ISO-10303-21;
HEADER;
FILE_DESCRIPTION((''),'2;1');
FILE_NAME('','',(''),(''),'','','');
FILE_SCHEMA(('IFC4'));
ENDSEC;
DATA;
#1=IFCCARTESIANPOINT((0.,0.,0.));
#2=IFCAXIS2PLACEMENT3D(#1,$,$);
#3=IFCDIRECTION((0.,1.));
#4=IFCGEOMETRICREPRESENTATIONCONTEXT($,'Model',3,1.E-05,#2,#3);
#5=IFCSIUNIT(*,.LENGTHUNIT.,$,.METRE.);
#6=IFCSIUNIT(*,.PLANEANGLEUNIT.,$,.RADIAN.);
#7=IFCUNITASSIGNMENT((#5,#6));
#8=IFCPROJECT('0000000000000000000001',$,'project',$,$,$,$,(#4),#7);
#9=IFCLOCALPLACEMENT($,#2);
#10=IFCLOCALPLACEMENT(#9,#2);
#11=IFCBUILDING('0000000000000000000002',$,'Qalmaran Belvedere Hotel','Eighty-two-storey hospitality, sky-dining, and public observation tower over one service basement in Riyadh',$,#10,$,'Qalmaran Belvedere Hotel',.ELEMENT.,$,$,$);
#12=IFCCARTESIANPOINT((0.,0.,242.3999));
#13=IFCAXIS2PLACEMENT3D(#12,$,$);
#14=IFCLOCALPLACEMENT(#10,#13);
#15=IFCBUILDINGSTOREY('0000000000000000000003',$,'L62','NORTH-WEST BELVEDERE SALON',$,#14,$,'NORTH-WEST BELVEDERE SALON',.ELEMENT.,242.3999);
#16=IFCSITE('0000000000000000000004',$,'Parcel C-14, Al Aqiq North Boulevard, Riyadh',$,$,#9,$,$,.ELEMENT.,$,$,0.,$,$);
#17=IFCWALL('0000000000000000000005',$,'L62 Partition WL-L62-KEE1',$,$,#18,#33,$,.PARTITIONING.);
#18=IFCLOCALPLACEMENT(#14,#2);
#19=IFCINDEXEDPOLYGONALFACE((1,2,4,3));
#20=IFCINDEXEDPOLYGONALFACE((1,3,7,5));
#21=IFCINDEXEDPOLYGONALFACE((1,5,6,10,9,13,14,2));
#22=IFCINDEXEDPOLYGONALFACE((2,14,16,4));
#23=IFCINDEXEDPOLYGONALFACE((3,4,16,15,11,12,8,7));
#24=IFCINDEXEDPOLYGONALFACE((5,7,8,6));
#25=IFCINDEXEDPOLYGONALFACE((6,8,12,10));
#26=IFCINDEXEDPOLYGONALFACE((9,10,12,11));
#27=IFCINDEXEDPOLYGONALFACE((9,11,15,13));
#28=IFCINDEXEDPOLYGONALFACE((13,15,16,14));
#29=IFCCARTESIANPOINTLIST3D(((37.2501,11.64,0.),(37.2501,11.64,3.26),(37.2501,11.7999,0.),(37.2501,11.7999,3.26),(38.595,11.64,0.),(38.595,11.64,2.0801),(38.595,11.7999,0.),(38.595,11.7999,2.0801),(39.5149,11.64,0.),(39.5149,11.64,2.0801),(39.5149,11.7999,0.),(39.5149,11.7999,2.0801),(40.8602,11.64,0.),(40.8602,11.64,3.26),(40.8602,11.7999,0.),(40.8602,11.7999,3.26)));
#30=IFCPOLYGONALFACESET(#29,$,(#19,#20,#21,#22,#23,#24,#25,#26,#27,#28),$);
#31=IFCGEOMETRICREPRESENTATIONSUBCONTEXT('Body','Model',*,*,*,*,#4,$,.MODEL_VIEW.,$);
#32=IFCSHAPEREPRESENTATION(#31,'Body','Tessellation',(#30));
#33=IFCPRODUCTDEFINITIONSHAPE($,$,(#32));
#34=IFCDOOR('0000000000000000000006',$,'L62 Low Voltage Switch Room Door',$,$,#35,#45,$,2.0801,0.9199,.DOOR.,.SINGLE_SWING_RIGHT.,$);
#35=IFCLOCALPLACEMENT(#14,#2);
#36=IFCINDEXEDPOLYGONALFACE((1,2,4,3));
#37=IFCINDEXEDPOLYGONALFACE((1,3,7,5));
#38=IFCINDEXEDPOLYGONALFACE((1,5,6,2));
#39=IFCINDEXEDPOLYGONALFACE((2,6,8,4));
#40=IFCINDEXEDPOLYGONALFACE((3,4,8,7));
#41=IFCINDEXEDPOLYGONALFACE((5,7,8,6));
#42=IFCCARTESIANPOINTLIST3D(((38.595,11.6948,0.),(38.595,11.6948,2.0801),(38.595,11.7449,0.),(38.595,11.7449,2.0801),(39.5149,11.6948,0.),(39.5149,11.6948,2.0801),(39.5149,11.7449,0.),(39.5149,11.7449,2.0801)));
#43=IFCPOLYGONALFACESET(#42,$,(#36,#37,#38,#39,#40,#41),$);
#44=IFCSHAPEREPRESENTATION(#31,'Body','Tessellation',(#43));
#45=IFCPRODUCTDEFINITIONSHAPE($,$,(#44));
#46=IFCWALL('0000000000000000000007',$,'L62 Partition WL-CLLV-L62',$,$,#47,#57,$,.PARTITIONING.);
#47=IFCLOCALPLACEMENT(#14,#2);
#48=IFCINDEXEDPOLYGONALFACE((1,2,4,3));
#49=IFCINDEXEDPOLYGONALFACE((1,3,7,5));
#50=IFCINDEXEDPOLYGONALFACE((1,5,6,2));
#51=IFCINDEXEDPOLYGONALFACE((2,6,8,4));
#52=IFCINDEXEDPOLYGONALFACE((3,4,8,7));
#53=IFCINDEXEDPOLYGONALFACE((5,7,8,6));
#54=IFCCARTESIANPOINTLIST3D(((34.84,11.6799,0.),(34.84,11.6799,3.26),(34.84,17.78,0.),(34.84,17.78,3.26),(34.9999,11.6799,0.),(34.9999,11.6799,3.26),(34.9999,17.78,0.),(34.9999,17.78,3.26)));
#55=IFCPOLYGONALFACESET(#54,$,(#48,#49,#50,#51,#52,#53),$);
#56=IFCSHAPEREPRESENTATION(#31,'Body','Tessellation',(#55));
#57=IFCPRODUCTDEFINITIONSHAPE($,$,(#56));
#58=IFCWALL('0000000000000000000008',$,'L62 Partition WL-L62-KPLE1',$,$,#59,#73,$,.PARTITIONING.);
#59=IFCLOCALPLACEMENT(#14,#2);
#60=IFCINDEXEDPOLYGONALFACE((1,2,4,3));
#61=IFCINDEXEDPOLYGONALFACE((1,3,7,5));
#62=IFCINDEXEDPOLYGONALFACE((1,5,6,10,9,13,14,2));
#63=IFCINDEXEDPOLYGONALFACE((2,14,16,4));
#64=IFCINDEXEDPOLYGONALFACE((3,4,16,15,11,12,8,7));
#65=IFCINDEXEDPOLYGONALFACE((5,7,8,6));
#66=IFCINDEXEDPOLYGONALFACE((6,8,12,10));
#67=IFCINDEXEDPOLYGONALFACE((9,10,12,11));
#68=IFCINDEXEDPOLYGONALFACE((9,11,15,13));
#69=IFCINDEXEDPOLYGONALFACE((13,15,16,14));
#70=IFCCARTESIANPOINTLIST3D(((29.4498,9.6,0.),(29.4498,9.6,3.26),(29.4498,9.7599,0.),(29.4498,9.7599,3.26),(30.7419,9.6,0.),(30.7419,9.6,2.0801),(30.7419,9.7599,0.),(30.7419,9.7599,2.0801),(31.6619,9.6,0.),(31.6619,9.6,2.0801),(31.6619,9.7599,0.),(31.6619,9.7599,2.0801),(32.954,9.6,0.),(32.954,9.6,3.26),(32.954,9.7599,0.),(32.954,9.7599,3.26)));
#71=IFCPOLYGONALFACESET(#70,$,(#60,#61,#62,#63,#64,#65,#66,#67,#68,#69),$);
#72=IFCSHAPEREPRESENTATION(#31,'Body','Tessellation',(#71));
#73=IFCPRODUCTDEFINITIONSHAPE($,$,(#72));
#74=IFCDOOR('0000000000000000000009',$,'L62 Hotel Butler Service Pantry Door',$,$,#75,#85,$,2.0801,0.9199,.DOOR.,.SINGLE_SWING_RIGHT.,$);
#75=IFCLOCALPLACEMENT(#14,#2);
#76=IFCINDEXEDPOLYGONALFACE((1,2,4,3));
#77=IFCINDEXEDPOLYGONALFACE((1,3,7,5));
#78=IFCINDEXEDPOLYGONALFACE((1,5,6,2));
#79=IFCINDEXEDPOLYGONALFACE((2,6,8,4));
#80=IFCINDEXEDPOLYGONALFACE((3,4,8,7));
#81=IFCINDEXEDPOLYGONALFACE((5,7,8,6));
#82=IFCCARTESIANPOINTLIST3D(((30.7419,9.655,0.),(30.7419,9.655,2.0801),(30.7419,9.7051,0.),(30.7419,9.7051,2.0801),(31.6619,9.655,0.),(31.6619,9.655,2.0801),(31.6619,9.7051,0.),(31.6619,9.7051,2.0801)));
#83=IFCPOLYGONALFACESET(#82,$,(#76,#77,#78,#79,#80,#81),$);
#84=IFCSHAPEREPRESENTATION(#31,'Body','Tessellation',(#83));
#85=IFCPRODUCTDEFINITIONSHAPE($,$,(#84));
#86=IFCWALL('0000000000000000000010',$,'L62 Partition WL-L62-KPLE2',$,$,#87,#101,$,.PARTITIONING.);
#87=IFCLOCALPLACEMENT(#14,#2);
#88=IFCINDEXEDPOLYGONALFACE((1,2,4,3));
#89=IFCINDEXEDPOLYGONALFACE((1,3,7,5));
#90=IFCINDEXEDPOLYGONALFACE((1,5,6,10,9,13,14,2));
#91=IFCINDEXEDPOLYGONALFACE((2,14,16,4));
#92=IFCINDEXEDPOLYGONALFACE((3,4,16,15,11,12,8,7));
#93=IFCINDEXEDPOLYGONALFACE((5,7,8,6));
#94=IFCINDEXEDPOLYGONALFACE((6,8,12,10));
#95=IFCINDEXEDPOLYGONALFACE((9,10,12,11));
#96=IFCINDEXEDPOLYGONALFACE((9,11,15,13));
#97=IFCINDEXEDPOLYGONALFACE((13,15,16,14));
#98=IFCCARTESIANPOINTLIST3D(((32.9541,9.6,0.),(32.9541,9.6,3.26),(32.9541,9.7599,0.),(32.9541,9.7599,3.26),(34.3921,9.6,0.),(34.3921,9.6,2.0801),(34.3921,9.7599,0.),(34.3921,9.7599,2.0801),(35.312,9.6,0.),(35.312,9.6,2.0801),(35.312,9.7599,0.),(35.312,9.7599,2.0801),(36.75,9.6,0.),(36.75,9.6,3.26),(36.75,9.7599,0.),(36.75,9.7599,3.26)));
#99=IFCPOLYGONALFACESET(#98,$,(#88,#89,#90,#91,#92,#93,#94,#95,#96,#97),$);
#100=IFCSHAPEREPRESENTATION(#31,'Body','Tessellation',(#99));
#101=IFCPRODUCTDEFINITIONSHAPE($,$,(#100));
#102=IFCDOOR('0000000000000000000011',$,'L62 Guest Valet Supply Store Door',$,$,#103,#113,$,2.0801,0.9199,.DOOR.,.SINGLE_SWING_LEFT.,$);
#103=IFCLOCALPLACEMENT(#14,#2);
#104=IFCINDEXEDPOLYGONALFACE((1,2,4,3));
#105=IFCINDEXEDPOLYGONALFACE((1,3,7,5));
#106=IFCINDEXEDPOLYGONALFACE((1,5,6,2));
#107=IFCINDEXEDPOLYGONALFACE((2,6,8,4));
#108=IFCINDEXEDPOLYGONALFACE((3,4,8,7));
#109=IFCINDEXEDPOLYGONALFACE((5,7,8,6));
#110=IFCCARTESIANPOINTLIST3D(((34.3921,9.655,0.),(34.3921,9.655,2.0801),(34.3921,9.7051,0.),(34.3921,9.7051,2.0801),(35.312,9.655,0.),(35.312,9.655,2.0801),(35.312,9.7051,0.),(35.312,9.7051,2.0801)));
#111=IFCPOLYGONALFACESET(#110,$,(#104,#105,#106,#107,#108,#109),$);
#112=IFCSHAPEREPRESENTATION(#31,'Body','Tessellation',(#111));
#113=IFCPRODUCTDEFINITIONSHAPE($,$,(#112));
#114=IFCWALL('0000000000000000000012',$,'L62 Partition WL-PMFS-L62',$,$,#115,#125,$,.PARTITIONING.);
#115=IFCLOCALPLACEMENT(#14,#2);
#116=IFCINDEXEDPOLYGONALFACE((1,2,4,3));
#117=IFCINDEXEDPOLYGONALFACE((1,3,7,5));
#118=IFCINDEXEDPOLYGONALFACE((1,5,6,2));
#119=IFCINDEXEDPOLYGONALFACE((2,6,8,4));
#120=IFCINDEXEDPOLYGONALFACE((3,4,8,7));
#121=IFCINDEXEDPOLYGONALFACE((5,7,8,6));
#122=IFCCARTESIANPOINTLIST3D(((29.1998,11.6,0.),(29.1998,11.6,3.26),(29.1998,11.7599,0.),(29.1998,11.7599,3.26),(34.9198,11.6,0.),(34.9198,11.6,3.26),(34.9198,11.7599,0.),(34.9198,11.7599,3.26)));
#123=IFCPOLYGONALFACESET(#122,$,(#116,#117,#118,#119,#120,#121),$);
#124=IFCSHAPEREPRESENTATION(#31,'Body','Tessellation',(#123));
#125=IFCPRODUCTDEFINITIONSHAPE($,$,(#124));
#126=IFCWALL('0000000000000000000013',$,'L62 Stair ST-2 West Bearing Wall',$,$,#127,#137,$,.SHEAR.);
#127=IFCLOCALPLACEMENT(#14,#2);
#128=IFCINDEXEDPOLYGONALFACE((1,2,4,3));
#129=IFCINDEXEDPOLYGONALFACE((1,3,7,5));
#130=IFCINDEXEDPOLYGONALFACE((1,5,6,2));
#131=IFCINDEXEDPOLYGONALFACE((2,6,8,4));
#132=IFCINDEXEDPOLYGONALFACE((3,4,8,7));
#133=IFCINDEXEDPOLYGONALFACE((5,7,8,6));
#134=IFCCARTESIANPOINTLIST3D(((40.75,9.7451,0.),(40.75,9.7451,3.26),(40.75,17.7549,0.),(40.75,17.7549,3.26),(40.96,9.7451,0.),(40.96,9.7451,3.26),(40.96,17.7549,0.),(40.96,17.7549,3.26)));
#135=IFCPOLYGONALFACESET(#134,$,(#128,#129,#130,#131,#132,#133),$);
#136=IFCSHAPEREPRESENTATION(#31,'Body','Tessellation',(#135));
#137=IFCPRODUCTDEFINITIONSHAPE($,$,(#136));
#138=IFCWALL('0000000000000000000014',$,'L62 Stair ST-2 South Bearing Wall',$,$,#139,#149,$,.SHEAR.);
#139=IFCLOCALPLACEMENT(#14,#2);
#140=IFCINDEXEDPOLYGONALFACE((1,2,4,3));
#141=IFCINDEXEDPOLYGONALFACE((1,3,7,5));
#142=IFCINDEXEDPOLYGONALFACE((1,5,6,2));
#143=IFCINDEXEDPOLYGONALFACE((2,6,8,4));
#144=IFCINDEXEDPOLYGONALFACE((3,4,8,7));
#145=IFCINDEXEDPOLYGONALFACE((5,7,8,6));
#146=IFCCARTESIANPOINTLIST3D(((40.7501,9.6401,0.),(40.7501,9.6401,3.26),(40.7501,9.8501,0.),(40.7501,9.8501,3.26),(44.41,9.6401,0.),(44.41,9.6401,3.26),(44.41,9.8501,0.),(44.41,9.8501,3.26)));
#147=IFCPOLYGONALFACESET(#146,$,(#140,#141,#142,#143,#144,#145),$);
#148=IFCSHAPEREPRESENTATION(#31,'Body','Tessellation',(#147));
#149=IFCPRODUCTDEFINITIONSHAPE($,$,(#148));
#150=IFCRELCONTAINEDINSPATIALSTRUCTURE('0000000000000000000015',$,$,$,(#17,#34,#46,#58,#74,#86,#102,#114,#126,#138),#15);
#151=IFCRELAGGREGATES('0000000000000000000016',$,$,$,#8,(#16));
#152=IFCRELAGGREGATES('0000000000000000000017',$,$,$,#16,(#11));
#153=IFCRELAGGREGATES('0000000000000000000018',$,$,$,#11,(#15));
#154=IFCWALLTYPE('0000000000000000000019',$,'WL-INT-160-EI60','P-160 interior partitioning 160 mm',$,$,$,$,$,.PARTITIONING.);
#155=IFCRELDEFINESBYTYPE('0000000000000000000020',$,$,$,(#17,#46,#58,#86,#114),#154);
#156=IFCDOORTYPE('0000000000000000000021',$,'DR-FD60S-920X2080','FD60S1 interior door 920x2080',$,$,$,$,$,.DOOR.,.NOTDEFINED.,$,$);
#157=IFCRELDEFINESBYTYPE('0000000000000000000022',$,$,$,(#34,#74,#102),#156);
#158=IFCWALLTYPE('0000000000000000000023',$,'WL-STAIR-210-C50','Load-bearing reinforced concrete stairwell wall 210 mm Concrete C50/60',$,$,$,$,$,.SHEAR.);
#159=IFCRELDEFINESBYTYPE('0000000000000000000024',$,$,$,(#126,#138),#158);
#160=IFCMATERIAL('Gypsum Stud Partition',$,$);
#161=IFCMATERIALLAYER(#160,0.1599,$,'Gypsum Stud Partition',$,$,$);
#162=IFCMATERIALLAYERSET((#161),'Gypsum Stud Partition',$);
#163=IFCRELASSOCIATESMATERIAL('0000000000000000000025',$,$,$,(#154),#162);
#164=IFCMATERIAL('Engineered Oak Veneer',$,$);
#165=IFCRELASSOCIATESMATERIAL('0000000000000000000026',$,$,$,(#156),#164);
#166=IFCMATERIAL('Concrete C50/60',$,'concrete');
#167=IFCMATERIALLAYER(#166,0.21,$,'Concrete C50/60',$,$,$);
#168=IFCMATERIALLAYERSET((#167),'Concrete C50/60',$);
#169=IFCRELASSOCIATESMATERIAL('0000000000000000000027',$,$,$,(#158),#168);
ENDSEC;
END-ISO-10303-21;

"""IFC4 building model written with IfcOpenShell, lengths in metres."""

from ifc_helpers import new_model, si_unit, direction, frame, frame_2d, origin, place, context, subcontext, project, spatial, rectangle, extrude, material, layer, layer_set, type_object, element, fill, save


model = new_model("IFC4")

# Units and contexts
model_context = context("Model", 3, precision=1e-05, world=origin(), true_north=direction((0.0, 1.0)))
body_context = subcontext(model_context, "Body", "Model", "MODEL_VIEW")
ifc_project = project(units=[si_unit("LENGTHUNIT", "METRE"), si_unit("PLANEANGLEUNIT", "RADIAN")], contexts=[model_context])

# Site, building, storey
site_placement = place(None, origin())
site = spatial("IfcSite", under=ifc_project, at=site_placement, Name="Parcel C-14, Al Aqiq North Boulevard, Riyadh", CompositionType="ELEMENT", RefElevation=0.0)
building_placement = place(site_placement, origin())
building = spatial("IfcBuilding", under=site, at=building_placement, Name="Qalmaran Belvedere Hotel", Description="Eighty-two-storey hospitality, sky-dining, and public observation tower over one service basement in Riyadh", LongName="Qalmaran Belvedere Hotel", CompositionType="ELEMENT")
storey_placement = place(building_placement, frame((0.0, 0.0, 242.3999)))
storey = spatial("IfcBuildingStorey", under=building, at=storey_placement, Name="L62", Description="NORTH-WEST BELVEDERE SALON", LongName="NORTH-WEST BELVEDERE SALON", CompositionType="ELEMENT", Elevation=242.3999)

# Shared definitions
ifc_material_1 = material(Name="Concrete C50/60", Category="concrete")

# Shared definitions
ifc_material_2 = material(Name="Gypsum Stud Partition")

# Wall, opening, door
ifc_layer_1 = layer(ifc_material_2, 0.1599, Name="Gypsum Stud Partition")
ifc_layer_set_1 = layer_set([ifc_layer_1], Name="Gypsum Stud Partition")
wall_type_1 = type_object("IfcWallType", Name="WL-INT-160-EI60", Description="P-160 interior partitioning 160 mm", PredefinedType="PARTITIONING", material=ifc_layer_set_1)
ifc_material_3 = material(Name="Engineered Oak Veneer")
door_type_1 = type_object("IfcDoorType", Name="DR-FD60S-920X2080", Description="FD60S1 interior door 920x2080", OperationType="NOTDEFINED", PredefinedType="DOOR", material=ifc_material_3)
wall_1_placement = place(storey_placement, frame((37.25, 11.72, 0.0), z_axis=(0.0, 0.0, 1.0), x_axis=(1.0, 0.0, 0.0)))
wall_1 = element("IfcWall", 1, at=wall_1_placement, inside=storey, type_object=wall_type_1, Name="L62 Partition WL-L62-KEE1", PredefinedType="PARTITIONING", context=body_context, shape_type="SweptSolid", body=[
    extrude(rectangle(XDim=3.6101, YDim=0.1599, at=frame_2d((1.8052, 0.0))), origin(), (0.0, 0.0, 1.0), 3.26),
])
opening_1_placement = place(wall_1_placement, frame((1.345, 0.0, 0.0)))
opening_1 = element("IfcOpeningElement", 2, at=opening_1_placement, cuts=wall_1, PredefinedType="OPENING", context=body_context, shape_type="SweptSolid", body=[
    extrude(rectangle(XDim=0.9199, YDim=2.0801, at=frame_2d((0.46, 1.04))), frame((0.0, 0.0898, 0.0), z_axis=(0.0, -1.0, 0.0), x_axis=(1.0, 0.0, 0.0)), (0.0, 0.0, 1.0), 0.1799),
])
door_1_placement = place(opening_1_placement, origin())
door_1 = element("IfcDoor", 3, at=door_1_placement, inside=storey, type_object=door_type_1, Name="L62 Low Voltage Switch Room Door", OperationType="SINGLE_SWING_RIGHT", OverallHeight=2.0801, OverallWidth=0.9199, PredefinedType="DOOR", context=body_context, shape_type="SweptSolid", body=[
    extrude(rectangle(XDim=0.9199, YDim=2.0801, at=frame_2d((0.46, 1.04))), frame((0.0, 0.0249, 0.0), z_axis=(0.0, -1.0, 0.0), x_axis=(1.0, 0.0, 0.0)), (0.0, 0.0, 1.0), 0.05),
])
fill(opening_1, door_1)

# Wall
wall_2_placement = place(storey_placement, frame((34.9199, 11.6799, 0.0), z_axis=(0.0, 0.0, 1.0), x_axis=(0.0, 1.0, 0.0)))
element("IfcWall", 4, at=wall_2_placement, inside=storey, type_object=wall_type_1, Name="L62 Partition WL-CLLV-L62", PredefinedType="PARTITIONING", context=body_context, shape_type="SweptSolid", body=[
    extrude(rectangle(XDim=6.1001, YDim=0.1599, at=frame_2d((3.05, 0.0))), origin(), (0.0, 0.0, 1.0), 3.26),
])

# Walls, openings, doors
wall_3_placement = place(storey_placement, frame((29.45, 9.6799, 0.0), z_axis=(0.0, 0.0, 1.0), x_axis=(1.0, 0.0, 0.0)))
wall_3 = element("IfcWall", 5, at=wall_3_placement, inside=storey, type_object=wall_type_1, Name="L62 Partition WL-L62-KPLE1", PredefinedType="PARTITIONING", context=body_context, shape_type="SweptSolid", body=[
    extrude(rectangle(XDim=3.5042, YDim=0.1599, at=frame_2d((1.752, 0.0))), origin(), (0.0, 0.0, 1.0), 3.26),
])
opening_2_placement = place(wall_3_placement, frame((2.2119, 0.0, 0.0), z_axis=(0.0, 0.0, 1.0), x_axis=(-1.0, 0.0, 0.0)))
opening_2 = element("IfcOpeningElement", 6, at=opening_2_placement, cuts=wall_3, PredefinedType="OPENING", context=body_context, shape_type="SweptSolid", body=[
    extrude(rectangle(XDim=0.9199, YDim=2.0801, at=frame_2d((0.46, 1.04))), frame((0.0, 0.0898, 0.0), z_axis=(0.0, -1.0, 0.0), x_axis=(1.0, 0.0, 0.0)), (0.0, 0.0, 1.0), 0.1799),
])
door_2_placement = place(opening_2_placement, origin())
door_2 = element("IfcDoor", 7, at=door_2_placement, inside=storey, type_object=door_type_1, Name="L62 Hotel Butler Service Pantry Door", OperationType="SINGLE_SWING_RIGHT", OverallHeight=2.0801, OverallWidth=0.9199, PredefinedType="DOOR", context=body_context, shape_type="SweptSolid", body=[
    extrude(rectangle(XDim=0.9199, YDim=2.0801, at=frame_2d((0.46, 1.04))), frame((0.0, 0.0249, 0.0), z_axis=(0.0, -1.0, 0.0), x_axis=(1.0, 0.0, 0.0)), (0.0, 0.0, 1.0), 0.05),
])
fill(opening_2, door_2)
wall_4_placement = place(storey_placement, frame((32.9541, 9.6799, 0.0), z_axis=(0.0, 0.0, 1.0), x_axis=(1.0, 0.0, 0.0)))
wall_4 = element("IfcWall", 8, at=wall_4_placement, inside=storey, type_object=wall_type_1, Name="L62 Partition WL-L62-KPLE2", PredefinedType="PARTITIONING", context=body_context, shape_type="SweptSolid", body=[
    extrude(rectangle(XDim=3.7959, YDim=0.1599, at=frame_2d((1.8979, 0.0))), origin(), (0.0, 0.0, 1.0), 3.26),
])
opening_3_placement = place(wall_4_placement, frame((2.3579, 0.0, 0.0), z_axis=(0.0, 0.0, 1.0), x_axis=(-1.0, 0.0, 0.0)))
opening_3 = element("IfcOpeningElement", 9, at=opening_3_placement, cuts=wall_4, PredefinedType="OPENING", context=body_context, shape_type="SweptSolid", body=[
    extrude(rectangle(XDim=0.9199, YDim=2.0801, at=frame_2d((0.46, 1.04))), frame((0.0, 0.0898, 0.0), z_axis=(0.0, -1.0, 0.0), x_axis=(1.0, 0.0, 0.0)), (0.0, 0.0, 1.0), 0.1799),
])
door_3_placement = place(opening_3_placement, origin())
door_3 = element("IfcDoor", 10, at=door_3_placement, inside=storey, type_object=door_type_1, Name="L62 Guest Valet Supply Store Door", OperationType="SINGLE_SWING_LEFT", OverallHeight=2.0801, OverallWidth=0.9199, PredefinedType="DOOR", context=body_context, shape_type="SweptSolid", body=[
    extrude(rectangle(XDim=0.9199, YDim=2.0801, at=frame_2d((0.46, 1.04))), frame((0.0, 0.0249, 0.0), z_axis=(0.0, -1.0, 0.0), x_axis=(1.0, 0.0, 0.0)), (0.0, 0.0, 1.0), 0.05),
])
fill(opening_3, door_3)

# Walls
wall_5_placement = place(storey_placement, frame((29.2, 11.6799, 0.0), z_axis=(0.0, 0.0, 1.0), x_axis=(1.0, 0.0, 0.0)))
element("IfcWall", 11, at=wall_5_placement, inside=storey, type_object=wall_type_1, Name="L62 Partition WL-PMFS-L62", PredefinedType="PARTITIONING", context=body_context, shape_type="SweptSolid", body=[
    extrude(rectangle(XDim=5.72, YDim=0.1599, at=frame_2d((2.8599, 0.0))), origin(), (0.0, 0.0, 1.0), 3.26),
])
ifc_layer_2 = layer(ifc_material_1, 0.21, Name="Concrete C50/60")
ifc_layer_set_2 = layer_set([ifc_layer_2], Name="Concrete C50/60")
wall_type_2 = type_object("IfcWallType", Name="WL-STAIR-210-C50", Description="Load-bearing reinforced concrete stairwell wall 210 mm Concrete C50/60", PredefinedType="SHEAR", material=ifc_layer_set_2)
wall_6_placement = place(storey_placement, frame((40.855, 9.7451, 0.0), z_axis=(0.0, 0.0, 1.0), x_axis=(0.0, 1.0, 0.0)))
element("IfcWall", 12, at=wall_6_placement, inside=storey, type_object=wall_type_2, Name="L62 Stair ST-2 West Bearing Wall", PredefinedType="SHEAR", context=body_context, shape_type="SweptSolid", body=[
    extrude(rectangle(XDim=8.0098, YDim=0.21, at=frame_2d((4.0049, 0.0))), origin(), (0.0, 0.0, 1.0), 3.26),
])
wall_7_placement = place(storey_placement, frame((40.75, 9.7451, 0.0), z_axis=(0.0, 0.0, 1.0), x_axis=(1.0, 0.0, 0.0)))
element("IfcWall", 13, at=wall_7_placement, inside=storey, type_object=wall_type_2, Name="L62 Stair ST-2 South Bearing Wall", PredefinedType="SHEAR", context=body_context, shape_type="SweptSolid", body=[
    extrude(rectangle(XDim=3.6599, YDim=0.21, at=frame_2d((1.8301, 0.0))), origin(), (0.0, 0.0, 1.0), 3.26),
])

save(model, "model.ifc")
